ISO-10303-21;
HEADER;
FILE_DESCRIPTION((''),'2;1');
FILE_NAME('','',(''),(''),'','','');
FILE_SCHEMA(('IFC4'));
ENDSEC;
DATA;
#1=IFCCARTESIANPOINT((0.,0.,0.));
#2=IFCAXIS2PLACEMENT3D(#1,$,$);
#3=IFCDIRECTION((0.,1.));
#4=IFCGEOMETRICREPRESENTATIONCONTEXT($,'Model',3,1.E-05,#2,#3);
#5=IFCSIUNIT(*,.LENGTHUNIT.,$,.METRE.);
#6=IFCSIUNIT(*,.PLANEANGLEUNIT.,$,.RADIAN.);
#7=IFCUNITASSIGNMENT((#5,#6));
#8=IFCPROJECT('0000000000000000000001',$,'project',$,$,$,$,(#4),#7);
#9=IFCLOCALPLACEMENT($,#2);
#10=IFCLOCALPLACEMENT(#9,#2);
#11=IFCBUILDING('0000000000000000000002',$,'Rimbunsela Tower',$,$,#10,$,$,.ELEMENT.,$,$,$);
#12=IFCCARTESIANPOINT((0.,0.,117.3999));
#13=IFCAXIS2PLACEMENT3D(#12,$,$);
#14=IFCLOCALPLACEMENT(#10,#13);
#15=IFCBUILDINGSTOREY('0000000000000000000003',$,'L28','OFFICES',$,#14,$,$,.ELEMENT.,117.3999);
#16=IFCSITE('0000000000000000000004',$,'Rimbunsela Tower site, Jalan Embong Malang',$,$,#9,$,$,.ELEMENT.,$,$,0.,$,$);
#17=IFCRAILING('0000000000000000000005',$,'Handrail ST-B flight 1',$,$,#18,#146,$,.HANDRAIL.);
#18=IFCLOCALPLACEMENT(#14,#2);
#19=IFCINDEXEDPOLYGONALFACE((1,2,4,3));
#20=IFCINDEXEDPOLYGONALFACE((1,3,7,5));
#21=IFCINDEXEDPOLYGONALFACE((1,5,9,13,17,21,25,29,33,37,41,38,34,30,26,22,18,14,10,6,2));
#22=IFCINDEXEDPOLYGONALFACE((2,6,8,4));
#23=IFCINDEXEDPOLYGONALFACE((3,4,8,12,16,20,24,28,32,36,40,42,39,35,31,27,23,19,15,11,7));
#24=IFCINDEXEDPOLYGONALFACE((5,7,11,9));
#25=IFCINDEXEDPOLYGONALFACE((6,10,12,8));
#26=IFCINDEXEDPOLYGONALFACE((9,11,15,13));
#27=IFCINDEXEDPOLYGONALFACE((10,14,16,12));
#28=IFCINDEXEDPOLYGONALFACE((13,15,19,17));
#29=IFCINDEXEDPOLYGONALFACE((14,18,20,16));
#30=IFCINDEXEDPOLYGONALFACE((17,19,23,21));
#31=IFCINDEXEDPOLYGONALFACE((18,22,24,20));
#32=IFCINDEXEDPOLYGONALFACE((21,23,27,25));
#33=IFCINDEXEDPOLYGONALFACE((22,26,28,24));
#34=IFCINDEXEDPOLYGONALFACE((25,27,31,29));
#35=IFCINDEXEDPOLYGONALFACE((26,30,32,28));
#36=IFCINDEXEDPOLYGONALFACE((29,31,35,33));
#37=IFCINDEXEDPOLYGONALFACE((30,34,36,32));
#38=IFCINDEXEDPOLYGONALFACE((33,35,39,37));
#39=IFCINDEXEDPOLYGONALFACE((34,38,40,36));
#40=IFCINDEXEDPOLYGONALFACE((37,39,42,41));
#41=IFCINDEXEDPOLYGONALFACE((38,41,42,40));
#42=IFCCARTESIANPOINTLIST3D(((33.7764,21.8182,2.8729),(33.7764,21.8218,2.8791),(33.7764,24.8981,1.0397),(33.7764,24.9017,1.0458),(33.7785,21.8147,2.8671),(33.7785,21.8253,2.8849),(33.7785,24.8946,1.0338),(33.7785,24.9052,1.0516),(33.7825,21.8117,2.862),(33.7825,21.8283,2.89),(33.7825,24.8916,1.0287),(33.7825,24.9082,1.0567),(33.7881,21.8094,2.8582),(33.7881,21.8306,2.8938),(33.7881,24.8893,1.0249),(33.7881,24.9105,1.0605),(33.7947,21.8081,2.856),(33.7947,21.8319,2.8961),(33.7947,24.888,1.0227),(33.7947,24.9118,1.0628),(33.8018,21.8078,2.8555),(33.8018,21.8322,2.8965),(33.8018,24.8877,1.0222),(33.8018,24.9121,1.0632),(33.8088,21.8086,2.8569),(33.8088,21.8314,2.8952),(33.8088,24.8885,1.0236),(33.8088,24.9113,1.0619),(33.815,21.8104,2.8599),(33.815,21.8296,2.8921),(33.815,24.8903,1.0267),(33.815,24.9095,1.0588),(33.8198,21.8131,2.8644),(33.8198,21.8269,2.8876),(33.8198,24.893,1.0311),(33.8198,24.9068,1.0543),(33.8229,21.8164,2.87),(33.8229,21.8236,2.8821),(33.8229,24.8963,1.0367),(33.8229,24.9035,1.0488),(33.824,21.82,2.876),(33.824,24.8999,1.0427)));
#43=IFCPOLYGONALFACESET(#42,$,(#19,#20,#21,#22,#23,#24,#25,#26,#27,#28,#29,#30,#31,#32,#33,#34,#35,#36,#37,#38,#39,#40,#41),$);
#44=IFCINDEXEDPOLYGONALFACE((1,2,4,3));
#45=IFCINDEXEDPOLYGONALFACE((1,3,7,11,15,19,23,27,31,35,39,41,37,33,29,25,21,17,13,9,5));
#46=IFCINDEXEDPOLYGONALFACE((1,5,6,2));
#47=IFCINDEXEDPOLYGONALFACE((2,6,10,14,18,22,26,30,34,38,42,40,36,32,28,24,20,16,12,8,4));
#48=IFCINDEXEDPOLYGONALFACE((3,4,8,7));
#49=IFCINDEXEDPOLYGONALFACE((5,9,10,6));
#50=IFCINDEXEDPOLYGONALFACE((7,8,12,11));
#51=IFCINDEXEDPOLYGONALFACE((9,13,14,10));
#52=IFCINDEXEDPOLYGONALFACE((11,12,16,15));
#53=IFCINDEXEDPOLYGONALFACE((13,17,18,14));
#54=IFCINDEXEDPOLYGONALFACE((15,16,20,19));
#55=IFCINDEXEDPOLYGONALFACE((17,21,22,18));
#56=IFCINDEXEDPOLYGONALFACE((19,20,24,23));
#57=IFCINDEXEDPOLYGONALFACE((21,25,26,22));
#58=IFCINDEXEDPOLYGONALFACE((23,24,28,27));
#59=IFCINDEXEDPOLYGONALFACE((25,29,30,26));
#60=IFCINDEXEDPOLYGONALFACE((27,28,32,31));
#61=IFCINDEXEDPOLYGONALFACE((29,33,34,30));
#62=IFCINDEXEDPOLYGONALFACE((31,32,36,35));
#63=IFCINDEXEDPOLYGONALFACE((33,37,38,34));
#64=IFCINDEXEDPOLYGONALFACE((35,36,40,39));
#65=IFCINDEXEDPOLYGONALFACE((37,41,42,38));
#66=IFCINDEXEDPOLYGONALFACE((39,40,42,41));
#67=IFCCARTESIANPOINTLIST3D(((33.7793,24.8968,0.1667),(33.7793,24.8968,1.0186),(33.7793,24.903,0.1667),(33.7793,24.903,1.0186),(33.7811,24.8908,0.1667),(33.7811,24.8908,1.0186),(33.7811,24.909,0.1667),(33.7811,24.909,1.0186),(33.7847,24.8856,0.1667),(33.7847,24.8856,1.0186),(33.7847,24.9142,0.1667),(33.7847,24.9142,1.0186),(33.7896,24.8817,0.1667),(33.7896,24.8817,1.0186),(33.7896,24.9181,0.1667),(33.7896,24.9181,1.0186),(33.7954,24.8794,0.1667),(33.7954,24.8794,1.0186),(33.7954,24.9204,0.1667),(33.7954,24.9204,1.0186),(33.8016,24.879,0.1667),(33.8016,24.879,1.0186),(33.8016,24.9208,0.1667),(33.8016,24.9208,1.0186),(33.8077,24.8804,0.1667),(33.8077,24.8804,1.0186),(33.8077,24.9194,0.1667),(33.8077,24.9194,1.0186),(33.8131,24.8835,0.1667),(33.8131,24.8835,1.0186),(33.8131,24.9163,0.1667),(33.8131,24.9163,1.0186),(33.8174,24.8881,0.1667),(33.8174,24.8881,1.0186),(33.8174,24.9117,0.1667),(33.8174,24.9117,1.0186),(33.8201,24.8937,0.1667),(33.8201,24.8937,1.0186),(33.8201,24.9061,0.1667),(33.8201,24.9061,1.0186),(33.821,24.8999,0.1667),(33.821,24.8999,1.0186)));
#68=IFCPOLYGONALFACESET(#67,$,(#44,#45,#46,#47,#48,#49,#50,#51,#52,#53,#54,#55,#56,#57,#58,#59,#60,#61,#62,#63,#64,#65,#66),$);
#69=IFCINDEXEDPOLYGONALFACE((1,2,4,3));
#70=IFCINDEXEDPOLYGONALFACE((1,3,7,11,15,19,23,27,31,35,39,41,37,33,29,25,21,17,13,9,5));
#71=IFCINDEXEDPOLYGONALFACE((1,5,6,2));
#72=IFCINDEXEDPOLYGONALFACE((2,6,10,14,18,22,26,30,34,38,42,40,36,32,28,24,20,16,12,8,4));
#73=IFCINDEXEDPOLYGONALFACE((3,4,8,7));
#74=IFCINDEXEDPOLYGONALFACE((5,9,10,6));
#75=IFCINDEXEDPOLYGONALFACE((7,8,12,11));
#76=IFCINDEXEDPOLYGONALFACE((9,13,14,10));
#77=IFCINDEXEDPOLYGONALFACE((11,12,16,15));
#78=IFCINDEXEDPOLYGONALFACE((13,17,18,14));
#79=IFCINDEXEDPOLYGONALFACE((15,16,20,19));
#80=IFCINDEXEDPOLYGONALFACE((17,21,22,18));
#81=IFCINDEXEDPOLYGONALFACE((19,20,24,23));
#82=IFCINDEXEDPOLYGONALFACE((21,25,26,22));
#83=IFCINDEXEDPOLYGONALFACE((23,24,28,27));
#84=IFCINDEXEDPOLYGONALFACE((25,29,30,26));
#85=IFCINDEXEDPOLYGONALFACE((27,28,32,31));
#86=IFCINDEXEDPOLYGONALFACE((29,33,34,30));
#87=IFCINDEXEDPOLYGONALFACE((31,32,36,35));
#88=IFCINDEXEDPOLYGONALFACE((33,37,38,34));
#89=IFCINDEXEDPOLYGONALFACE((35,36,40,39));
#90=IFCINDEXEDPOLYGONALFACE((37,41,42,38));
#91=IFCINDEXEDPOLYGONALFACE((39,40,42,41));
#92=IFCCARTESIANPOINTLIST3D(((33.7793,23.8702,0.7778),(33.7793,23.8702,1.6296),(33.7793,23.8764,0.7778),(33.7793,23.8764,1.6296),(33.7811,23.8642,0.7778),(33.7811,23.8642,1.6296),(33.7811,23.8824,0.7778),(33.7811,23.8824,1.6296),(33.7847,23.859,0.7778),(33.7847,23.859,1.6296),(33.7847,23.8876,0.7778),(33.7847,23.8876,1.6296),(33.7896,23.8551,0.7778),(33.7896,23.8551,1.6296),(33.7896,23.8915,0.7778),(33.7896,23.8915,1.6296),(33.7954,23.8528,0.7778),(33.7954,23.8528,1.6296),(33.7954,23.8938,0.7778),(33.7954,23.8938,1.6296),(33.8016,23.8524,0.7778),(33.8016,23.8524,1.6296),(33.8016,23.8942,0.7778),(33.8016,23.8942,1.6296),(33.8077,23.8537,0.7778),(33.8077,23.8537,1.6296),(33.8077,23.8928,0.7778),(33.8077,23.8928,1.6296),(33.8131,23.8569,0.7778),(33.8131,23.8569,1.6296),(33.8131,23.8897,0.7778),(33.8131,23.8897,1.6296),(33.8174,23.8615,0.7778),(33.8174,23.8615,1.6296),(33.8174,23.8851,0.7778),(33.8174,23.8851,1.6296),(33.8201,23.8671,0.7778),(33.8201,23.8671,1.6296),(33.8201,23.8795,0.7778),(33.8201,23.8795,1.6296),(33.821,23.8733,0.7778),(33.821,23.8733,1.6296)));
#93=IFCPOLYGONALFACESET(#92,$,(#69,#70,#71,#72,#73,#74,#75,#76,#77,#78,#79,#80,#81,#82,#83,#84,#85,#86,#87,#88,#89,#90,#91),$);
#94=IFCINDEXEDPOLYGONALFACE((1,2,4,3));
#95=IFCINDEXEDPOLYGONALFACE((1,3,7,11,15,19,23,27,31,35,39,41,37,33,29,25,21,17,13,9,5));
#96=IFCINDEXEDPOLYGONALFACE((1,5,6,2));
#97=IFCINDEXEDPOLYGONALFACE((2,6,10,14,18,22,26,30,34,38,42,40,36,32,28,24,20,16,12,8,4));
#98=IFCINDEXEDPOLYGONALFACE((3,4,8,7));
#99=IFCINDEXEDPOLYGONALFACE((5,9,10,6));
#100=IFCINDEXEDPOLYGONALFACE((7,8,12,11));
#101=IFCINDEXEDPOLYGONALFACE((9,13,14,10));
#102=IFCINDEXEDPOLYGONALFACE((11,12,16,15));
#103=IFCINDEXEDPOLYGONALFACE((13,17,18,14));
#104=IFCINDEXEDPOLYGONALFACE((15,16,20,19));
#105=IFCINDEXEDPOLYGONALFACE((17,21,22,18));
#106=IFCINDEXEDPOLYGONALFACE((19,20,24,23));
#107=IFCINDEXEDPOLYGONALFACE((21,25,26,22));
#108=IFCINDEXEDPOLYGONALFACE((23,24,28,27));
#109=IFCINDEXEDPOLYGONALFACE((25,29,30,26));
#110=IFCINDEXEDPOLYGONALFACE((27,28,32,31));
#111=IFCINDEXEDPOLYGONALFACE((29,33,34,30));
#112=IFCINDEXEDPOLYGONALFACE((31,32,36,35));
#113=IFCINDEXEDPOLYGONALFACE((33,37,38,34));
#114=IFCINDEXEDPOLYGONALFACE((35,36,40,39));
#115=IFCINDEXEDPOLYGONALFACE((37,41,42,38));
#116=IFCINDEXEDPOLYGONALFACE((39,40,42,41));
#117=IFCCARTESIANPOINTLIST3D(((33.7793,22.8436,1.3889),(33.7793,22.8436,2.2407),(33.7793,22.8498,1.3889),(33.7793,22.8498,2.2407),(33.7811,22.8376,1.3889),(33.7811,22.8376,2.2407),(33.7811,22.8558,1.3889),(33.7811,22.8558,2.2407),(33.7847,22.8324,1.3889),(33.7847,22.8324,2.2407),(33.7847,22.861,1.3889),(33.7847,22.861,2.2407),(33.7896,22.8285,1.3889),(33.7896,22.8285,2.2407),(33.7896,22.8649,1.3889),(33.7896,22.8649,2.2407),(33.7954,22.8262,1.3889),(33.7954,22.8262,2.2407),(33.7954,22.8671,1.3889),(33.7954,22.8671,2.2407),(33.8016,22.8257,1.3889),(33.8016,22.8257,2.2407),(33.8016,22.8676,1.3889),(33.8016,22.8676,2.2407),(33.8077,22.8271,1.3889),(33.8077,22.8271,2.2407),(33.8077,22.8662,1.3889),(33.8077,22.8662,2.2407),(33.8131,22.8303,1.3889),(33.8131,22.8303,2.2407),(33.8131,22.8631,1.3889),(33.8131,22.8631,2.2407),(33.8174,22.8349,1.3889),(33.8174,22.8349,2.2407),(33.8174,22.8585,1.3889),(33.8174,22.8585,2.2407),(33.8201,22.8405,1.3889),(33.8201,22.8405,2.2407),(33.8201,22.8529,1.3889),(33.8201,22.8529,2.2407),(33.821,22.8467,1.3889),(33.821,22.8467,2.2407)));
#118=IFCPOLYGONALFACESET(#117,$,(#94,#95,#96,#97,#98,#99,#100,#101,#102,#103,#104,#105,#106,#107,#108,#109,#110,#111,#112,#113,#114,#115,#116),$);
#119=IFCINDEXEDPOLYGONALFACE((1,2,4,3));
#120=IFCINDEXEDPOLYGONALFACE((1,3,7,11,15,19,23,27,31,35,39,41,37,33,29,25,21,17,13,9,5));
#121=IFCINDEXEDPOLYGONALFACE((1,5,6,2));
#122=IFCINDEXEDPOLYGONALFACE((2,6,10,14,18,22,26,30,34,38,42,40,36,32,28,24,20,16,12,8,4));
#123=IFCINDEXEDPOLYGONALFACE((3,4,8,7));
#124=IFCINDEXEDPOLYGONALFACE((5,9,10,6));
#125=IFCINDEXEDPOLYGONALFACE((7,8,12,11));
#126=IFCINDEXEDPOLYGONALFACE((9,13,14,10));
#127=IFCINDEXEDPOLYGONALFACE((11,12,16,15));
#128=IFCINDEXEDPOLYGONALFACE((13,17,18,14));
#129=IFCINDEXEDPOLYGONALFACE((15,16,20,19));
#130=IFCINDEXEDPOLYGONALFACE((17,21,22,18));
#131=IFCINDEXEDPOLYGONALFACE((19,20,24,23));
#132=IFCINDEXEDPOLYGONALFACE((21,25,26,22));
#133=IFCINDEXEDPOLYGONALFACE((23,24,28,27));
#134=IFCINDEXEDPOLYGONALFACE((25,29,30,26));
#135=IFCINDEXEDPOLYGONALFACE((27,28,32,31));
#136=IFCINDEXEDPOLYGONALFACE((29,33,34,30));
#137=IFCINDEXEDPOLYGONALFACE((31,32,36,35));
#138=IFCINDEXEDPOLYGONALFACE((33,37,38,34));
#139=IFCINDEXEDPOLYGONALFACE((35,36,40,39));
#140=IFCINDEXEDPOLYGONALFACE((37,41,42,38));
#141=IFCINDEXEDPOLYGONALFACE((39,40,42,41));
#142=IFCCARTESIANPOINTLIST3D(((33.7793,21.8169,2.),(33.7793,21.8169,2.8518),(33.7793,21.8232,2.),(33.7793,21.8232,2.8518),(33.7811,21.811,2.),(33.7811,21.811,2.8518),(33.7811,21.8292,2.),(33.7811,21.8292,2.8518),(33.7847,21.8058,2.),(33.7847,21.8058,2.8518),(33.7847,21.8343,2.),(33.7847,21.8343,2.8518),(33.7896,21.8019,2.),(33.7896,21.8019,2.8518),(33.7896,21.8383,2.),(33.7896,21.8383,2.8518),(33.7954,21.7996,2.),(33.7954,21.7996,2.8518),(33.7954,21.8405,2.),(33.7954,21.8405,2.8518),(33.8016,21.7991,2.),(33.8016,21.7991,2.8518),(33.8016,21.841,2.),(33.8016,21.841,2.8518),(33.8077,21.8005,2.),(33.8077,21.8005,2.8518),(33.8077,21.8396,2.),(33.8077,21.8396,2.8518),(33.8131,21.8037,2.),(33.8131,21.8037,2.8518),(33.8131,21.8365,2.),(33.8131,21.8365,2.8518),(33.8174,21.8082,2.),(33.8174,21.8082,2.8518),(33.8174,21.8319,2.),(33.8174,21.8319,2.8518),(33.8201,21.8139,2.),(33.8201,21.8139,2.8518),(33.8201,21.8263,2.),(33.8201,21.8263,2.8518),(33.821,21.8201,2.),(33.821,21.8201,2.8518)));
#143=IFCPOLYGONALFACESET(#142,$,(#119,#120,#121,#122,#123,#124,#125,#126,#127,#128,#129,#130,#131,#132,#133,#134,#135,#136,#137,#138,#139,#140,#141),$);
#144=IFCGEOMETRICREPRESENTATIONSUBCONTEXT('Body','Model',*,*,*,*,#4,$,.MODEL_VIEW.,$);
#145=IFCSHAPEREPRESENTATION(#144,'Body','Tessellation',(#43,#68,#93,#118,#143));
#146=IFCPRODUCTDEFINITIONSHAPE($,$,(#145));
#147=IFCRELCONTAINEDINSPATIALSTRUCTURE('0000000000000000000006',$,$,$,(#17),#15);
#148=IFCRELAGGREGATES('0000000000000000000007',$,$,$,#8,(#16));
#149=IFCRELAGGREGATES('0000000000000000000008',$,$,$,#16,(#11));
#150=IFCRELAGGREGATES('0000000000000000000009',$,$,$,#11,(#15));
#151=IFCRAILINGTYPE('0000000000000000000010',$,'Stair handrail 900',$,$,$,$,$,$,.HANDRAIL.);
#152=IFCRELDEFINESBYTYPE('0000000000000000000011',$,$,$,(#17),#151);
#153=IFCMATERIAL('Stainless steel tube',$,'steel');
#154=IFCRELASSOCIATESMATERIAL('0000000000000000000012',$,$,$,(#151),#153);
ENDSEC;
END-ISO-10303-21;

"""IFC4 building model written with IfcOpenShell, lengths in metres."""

from ifc_helpers import new_model, si_unit, direction, frame, origin, origin_2d, place, context, subcontext, project, spatial, circle, extrude, material, type_object, element, save


model = new_model("IFC4")

# Units and contexts
model_context = context("Model", 3, precision=1e-05, world=origin(), true_north=direction((0.0, 1.0)))
body_context = subcontext(model_context, "Body", "Model", "MODEL_VIEW")
ifc_project = project(units=[si_unit("LENGTHUNIT", "METRE"), si_unit("PLANEANGLEUNIT", "RADIAN")], contexts=[model_context])

# Site, building, storey
site_placement = place(None, origin())
site = spatial("IfcSite", under=ifc_project, at=site_placement, Name="Rimbunsela Tower site, Jalan Embong Malang", CompositionType="ELEMENT", RefElevation=0.0)
building_placement = place(site_placement, origin())
building = spatial("IfcBuilding", under=site, at=building_placement, Name="Rimbunsela Tower", CompositionType="ELEMENT")
storey_placement = place(building_placement, frame((0.0, 0.0, 117.3999)))
storey = spatial("IfcBuildingStorey", under=building, at=storey_placement, Name="L28", Description="OFFICES", CompositionType="ELEMENT", Elevation=117.3999)

# Railing
ifc_material_1 = material(Name="Stainless steel tube", Category="steel")
railing_type = type_object("IfcRailingType", Name="Stair handrail 900", PredefinedType="HANDRAIL", material=ifc_material_1)
railing_1_placement = place(storey_placement, frame((33.8, 24.8999, 0.1667)))
element("IfcRailing", 1, at=railing_1_placement, inside=storey, type_object=railing_type, Name="Handrail ST-B flight 1", PredefinedType="HANDRAIL", context=body_context, shape_type="SweptSolid", body=[
    extrude(circle(Radius=0.0239, at=origin_2d()), frame((0.0, 0.0, 0.876), z_axis=(0.0, -0.859291, 0.511487), x_axis=(1.0, 0.0, 0.0)), (0.0, 0.0, 1.0), 3.5842),
    extrude(circle(Radius=0.021, at=origin_2d()), origin(), (0.0, 0.0, 1.0), 0.8518),
    extrude(circle(Radius=0.021, at=origin_2d()), frame((0.0, -1.0266, 0.6111)), (0.0, 0.0, 1.0), 0.8518),
    extrude(circle(Radius=0.021, at=origin_2d()), frame((0.0, -2.0532, 1.2222)), (0.0, 0.0, 1.0), 0.8518),
    extrude(circle(Radius=0.021, at=origin_2d()), frame((0.0, -3.0798, 1.8333)), (0.0, 0.0, 1.0), 0.8518),
])

save(model, "model.ifc")
